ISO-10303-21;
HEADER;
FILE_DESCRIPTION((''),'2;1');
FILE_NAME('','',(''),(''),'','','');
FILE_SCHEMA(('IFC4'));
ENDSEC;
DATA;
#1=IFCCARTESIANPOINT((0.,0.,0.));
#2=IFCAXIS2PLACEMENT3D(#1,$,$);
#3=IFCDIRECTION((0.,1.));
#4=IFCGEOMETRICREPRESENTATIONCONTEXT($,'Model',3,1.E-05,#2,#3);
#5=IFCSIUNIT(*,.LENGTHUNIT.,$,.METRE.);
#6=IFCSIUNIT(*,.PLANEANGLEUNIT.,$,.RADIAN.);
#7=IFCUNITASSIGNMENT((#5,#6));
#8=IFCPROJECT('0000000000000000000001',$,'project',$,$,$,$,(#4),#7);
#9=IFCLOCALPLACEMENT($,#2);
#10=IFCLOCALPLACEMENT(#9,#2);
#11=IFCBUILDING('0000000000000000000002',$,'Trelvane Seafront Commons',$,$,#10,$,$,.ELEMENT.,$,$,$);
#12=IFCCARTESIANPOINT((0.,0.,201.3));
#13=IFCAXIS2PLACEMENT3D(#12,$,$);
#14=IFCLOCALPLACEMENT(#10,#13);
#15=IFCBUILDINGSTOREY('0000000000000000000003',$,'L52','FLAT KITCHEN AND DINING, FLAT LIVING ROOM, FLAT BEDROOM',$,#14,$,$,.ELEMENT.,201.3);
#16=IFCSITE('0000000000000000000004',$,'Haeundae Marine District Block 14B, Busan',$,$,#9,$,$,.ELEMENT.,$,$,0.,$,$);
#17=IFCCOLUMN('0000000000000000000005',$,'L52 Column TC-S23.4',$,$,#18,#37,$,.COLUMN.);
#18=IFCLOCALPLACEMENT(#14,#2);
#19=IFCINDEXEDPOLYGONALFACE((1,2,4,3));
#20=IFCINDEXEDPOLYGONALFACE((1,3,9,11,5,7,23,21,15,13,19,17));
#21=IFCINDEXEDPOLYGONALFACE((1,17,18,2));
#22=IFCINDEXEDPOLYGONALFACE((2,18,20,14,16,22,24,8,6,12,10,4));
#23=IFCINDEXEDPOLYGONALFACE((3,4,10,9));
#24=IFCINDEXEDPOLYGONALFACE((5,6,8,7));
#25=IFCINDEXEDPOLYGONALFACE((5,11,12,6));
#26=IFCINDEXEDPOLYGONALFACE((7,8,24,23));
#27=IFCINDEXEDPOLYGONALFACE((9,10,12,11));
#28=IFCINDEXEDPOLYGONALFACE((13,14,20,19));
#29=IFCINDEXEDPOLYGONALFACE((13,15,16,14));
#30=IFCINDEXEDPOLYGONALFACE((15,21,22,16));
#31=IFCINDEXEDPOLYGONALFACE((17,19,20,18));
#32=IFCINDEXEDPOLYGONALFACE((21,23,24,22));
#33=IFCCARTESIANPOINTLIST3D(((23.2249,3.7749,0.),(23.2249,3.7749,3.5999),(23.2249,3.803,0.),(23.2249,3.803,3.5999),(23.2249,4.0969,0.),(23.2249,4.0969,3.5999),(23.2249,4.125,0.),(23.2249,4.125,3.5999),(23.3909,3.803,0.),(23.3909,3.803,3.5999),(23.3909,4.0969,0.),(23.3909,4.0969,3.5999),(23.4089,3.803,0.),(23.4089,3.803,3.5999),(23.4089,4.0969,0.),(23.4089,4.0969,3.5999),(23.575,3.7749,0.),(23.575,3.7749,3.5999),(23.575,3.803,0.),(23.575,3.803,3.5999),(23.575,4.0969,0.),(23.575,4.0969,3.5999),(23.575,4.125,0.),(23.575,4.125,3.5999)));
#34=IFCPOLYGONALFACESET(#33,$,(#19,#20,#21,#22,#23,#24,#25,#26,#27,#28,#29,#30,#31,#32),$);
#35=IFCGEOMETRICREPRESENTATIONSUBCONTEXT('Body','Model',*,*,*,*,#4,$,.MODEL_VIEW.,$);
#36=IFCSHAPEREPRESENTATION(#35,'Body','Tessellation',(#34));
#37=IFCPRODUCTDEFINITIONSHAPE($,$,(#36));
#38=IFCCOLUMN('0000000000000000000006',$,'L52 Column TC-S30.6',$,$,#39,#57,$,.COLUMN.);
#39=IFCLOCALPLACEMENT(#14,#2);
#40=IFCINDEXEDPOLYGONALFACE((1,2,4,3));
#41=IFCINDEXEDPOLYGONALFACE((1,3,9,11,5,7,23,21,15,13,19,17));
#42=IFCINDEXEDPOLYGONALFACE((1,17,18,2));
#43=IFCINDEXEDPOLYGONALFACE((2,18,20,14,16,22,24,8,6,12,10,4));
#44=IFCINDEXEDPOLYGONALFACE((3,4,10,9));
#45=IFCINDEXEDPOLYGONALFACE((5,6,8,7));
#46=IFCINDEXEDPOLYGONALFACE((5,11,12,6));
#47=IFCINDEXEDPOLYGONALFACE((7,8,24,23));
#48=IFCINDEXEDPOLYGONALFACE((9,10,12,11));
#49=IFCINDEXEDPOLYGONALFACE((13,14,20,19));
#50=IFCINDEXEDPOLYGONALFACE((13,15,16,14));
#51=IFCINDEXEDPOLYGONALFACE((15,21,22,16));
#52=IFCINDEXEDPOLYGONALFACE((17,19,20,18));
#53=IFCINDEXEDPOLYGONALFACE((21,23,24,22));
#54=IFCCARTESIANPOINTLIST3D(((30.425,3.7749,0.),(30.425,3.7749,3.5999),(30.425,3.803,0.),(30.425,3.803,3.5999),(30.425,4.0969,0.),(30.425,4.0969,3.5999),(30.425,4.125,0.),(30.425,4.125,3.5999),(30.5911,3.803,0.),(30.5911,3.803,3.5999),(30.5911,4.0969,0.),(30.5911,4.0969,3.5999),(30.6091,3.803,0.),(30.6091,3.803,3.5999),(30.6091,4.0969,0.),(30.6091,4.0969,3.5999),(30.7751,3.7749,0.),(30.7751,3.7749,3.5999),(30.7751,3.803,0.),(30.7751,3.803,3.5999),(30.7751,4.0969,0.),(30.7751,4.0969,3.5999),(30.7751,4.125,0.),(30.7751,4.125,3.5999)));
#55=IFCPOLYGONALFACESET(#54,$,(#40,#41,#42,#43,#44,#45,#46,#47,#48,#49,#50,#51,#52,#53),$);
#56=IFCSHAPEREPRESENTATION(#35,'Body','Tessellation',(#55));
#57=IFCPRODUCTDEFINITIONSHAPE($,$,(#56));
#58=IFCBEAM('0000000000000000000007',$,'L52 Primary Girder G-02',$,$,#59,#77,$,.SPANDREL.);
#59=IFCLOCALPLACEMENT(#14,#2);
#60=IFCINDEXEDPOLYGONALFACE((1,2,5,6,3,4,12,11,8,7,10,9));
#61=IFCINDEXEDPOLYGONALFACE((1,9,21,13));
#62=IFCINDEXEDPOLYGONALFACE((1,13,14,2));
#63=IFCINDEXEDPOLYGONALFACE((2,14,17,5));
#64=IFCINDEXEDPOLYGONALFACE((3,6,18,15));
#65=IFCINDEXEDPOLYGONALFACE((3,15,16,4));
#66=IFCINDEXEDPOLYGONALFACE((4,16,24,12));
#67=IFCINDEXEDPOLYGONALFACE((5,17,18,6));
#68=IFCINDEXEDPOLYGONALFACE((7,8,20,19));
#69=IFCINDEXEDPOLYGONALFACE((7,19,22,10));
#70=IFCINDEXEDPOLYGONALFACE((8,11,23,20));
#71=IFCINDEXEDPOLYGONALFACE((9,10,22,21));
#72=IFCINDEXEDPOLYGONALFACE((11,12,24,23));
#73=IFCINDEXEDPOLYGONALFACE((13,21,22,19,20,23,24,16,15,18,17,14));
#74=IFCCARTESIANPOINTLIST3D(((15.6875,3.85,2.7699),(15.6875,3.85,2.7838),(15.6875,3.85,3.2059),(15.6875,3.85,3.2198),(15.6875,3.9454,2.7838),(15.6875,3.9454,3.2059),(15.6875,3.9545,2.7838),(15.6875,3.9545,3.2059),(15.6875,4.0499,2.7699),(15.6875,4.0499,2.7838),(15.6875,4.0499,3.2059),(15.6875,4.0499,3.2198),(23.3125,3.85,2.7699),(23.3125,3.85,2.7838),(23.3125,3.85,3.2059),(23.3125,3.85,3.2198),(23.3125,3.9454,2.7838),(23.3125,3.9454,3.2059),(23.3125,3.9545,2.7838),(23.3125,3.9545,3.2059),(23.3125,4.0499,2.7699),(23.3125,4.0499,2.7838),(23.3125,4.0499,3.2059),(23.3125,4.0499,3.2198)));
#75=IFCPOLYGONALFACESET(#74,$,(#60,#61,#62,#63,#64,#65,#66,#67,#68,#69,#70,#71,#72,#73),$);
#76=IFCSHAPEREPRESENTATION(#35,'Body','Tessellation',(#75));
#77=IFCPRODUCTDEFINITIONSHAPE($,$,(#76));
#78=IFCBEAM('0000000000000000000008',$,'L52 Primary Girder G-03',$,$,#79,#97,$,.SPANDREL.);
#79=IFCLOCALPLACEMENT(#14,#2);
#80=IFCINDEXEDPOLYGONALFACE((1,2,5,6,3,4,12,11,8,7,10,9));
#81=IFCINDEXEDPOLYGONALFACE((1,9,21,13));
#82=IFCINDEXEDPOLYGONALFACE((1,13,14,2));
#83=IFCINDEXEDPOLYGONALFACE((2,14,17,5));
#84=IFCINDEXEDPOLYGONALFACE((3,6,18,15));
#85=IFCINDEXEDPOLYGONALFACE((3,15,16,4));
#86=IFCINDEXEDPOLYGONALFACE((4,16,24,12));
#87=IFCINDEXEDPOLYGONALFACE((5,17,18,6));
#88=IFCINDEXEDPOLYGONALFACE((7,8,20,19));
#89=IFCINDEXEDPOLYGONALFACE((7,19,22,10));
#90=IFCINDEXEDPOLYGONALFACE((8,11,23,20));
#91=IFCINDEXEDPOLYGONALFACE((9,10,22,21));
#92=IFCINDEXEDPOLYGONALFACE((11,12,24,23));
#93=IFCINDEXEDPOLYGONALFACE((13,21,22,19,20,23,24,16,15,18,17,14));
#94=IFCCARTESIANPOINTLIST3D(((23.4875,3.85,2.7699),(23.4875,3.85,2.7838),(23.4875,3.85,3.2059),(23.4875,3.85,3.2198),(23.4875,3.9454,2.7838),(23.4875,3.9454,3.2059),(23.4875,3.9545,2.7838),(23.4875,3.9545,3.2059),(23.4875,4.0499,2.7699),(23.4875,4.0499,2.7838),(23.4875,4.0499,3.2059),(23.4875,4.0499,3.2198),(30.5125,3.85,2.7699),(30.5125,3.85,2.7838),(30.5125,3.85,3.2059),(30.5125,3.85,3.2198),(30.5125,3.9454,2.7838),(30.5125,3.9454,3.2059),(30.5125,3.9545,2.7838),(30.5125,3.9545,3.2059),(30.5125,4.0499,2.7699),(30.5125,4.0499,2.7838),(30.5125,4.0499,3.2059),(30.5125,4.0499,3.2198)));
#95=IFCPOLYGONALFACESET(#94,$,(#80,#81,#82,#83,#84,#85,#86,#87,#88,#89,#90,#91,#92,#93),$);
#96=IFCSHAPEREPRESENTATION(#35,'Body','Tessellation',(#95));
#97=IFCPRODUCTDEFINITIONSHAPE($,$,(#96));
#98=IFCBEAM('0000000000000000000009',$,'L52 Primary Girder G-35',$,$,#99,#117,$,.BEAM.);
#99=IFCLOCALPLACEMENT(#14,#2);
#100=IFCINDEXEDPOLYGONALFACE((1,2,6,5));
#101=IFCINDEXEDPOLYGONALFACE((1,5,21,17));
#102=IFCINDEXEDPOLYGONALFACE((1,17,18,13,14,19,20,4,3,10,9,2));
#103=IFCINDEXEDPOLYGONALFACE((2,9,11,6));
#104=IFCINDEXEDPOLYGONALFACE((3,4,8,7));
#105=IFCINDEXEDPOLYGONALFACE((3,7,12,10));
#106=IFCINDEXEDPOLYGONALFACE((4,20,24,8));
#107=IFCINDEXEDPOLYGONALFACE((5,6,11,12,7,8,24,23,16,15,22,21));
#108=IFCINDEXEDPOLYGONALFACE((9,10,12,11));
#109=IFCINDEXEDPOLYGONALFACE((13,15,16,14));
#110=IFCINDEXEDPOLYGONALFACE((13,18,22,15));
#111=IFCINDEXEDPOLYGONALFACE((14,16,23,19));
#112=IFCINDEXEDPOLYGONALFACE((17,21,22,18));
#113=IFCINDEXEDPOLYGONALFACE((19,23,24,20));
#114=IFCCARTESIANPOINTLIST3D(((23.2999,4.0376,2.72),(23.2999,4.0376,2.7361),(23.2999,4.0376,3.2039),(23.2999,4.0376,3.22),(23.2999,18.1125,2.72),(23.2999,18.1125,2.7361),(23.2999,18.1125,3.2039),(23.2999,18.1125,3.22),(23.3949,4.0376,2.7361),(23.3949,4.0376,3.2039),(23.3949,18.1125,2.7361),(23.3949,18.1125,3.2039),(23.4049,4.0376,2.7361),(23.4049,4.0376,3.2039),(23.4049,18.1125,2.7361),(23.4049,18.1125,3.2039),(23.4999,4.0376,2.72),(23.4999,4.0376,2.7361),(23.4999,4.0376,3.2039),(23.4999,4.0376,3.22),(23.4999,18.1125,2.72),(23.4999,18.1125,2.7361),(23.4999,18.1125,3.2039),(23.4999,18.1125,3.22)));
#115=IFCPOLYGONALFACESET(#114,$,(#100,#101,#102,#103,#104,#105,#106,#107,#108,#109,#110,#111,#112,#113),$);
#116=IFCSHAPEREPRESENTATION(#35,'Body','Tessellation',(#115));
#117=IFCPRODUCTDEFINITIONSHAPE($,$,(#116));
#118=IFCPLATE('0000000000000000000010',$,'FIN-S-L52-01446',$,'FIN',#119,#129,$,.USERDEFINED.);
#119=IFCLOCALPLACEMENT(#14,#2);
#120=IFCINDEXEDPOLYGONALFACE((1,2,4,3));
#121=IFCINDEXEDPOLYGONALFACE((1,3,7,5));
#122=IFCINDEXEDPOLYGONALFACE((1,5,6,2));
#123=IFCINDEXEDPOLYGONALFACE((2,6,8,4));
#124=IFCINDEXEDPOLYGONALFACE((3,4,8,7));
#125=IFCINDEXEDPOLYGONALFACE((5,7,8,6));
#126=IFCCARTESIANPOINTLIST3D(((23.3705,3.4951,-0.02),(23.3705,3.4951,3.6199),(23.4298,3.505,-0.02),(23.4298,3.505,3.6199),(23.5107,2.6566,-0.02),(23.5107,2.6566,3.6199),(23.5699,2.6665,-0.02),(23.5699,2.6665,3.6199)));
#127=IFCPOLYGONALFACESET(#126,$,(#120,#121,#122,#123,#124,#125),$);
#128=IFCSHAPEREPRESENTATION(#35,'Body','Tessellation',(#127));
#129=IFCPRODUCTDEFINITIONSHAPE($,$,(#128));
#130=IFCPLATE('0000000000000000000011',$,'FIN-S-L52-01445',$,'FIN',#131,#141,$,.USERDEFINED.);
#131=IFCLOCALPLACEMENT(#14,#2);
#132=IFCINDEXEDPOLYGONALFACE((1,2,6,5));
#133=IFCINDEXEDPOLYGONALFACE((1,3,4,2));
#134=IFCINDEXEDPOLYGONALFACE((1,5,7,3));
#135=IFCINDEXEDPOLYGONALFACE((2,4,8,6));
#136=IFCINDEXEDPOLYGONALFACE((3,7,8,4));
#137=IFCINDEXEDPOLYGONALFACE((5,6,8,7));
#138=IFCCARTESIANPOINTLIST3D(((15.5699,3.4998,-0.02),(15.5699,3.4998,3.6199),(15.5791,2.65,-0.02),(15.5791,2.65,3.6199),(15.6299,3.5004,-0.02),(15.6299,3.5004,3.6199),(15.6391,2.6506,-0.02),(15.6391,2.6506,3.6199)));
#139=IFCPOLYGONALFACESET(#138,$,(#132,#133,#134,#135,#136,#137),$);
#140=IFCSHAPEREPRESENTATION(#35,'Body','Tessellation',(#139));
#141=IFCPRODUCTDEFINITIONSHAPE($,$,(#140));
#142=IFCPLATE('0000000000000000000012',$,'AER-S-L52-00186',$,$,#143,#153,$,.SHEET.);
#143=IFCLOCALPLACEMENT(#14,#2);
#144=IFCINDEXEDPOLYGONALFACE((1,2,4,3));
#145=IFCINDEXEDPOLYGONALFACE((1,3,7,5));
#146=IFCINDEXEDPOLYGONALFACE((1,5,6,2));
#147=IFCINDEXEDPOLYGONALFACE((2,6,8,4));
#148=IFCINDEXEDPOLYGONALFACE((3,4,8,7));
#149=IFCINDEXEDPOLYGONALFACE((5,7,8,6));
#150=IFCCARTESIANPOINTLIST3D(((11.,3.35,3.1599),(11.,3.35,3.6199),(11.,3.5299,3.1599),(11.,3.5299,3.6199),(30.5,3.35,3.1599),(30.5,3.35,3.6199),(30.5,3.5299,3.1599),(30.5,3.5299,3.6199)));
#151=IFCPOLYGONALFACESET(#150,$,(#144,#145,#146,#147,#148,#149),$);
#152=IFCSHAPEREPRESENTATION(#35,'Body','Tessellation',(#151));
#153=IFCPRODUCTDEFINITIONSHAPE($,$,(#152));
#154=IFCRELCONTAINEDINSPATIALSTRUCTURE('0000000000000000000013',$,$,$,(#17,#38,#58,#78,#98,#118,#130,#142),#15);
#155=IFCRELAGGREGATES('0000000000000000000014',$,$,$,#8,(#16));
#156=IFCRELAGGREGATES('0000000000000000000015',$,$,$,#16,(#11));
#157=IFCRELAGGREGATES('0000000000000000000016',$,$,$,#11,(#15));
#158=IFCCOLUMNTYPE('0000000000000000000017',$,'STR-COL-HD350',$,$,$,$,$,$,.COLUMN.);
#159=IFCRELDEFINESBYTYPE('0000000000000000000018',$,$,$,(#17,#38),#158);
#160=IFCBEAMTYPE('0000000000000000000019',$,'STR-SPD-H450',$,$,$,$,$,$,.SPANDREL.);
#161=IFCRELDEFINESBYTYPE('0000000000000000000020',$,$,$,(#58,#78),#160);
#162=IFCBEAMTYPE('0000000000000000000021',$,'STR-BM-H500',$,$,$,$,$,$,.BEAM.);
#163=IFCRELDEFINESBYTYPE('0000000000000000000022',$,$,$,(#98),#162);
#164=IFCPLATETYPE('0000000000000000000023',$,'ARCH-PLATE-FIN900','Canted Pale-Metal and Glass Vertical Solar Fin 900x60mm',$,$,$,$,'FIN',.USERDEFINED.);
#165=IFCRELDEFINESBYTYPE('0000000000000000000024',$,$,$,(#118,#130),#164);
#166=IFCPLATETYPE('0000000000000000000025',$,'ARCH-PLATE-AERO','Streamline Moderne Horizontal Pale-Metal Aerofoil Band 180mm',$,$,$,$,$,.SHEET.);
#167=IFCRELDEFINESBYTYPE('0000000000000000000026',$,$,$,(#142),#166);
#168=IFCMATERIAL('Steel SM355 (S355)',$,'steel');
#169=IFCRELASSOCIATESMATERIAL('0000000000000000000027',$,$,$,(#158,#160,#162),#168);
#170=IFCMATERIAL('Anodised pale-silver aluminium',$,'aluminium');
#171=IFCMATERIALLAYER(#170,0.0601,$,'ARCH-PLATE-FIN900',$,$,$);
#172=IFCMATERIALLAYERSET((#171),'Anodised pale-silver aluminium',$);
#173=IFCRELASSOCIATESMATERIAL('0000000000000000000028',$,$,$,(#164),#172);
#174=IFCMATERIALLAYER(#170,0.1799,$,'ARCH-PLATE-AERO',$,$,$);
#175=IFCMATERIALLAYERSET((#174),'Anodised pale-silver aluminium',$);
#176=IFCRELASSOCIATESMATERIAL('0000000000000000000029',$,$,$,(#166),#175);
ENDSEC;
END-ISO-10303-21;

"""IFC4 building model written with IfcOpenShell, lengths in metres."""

from ifc_helpers import new_model, si_unit, direction, frame, origin, origin_2d, place, context, subcontext, project, spatial, rectangle, i_section, extrude, source, transform, mapped, material, layer, layer_set, material_profile, profile_set, type_object, element, save


model = new_model("IFC4")

# Units and contexts
model_context = context("Model", 3, precision=1e-05, world=origin(), true_north=direction((0.0, 1.0)))
body_context = subcontext(model_context, "Body", "Model", "MODEL_VIEW")
ifc_project = project(units=[si_unit("LENGTHUNIT", "METRE"), si_unit("PLANEANGLEUNIT", "RADIAN")], contexts=[model_context])

# Site, building, storey
site_placement = place(None, origin())
site = spatial("IfcSite", under=ifc_project, at=site_placement, Name="Haeundae Marine District Block 14B, Busan", CompositionType="ELEMENT", RefElevation=0.0)
building_placement = place(site_placement, origin())
building = spatial("IfcBuilding", under=site, at=building_placement, Name="Trelvane Seafront Commons", CompositionType="ELEMENT")
storey_placement = place(building_placement, frame((0.0, 0.0, 201.3)))
storey = spatial("IfcBuildingStorey", under=building, at=storey_placement, Name="L52", Description="FLAT KITCHEN AND DINING, FLAT LIVING ROOM, FLAT BEDROOM", CompositionType="ELEMENT", Elevation=201.3)

# Columns
ifc_material_1 = material(Name="Steel SM355 (S355)", Category="steel")
ifc_material_profile_1 = material_profile(ifc_material_1, i_section(OverallWidth=0.3501, OverallDepth=0.3501, WebThickness=0.0181, FlangeThickness=0.0281, at=origin_2d()), Name="HD-350x350x18x28")
ifc_profile_set_1 = profile_set([ifc_material_profile_1], Name="Steel SM355 (S355)")
column_type = type_object("IfcColumnType", Name="STR-COL-HD350", PredefinedType="COLUMN", material=ifc_profile_set_1)
shared_shape_1 = source(origin(), body_context, "Body", "SweptSolid", [
    extrude(i_section(OverallWidth=0.3501, OverallDepth=0.3501, WebThickness=0.0181, FlangeThickness=0.0281, at=origin_2d()), origin(), (0.0, 0.0, 1.0), 3.5999),
])
for number, where, z_axis, x_axis, name in (
    (1, (23.3999, 3.95, 0.0), (0.0, 0.0, 1.0), (1.0, 0.0, 0.0), "L52 Column TC-S23.4"),
    (2, (30.6001, 3.95, 0.0), (0.0, 0.0, 1.0), (1.0, 0.0, 0.0), "L52 Column TC-S30.6"),
):
    element("IfcColumn", number, at=place(storey_placement, frame(where, z_axis=z_axis, x_axis=x_axis)), inside=storey, type_object=column_type, Name=name, PredefinedType="COLUMN", context=body_context, shape_type="MappedRepresentation", body=[
        mapped(shared_shape_1, transform((0.0, 0.0, 0.0), x_axis=(1.0, 0.0, 0.0), y_axis=(0.0, 1.0, 0.0), z_axis=(0.0, 0.0, 1.0), scale=1.0)),
    ])

# Beams
ifc_material_profile_2 = material_profile(ifc_material_1, i_section(OverallWidth=0.2, OverallDepth=0.45, WebThickness=0.009, FlangeThickness=0.0139, at=origin_2d()), Name="H-450x200x9x14")
ifc_profile_set_2 = profile_set([ifc_material_profile_2], Name="Steel SM355 (S355)")
beam_type_1 = type_object("IfcBeamType", Name="STR-SPD-H450", PredefinedType="SPANDREL", material=ifc_profile_set_2)
shared_shape_2 = source(origin(), body_context, "Body", "SweptSolid", [
    extrude(i_section(OverallWidth=0.2, OverallDepth=0.45, WebThickness=0.009, FlangeThickness=0.0139, at=origin_2d()), origin(), (0.0, 0.0, 1.0), 7.625),
])
beam_1_placement = place(storey_placement, frame((15.6875, 3.95, 2.9949), z_axis=(1.0, 0.0, 0.0), x_axis=(0.0, 1.0, 0.0)))
element("IfcBeam", 3, at=beam_1_placement, inside=storey, type_object=beam_type_1, Name="L52 Primary Girder G-02", PredefinedType="SPANDREL", context=body_context, shape_type="MappedRepresentation", body=[
    mapped(shared_shape_2, transform((0.0, 0.0, 0.0), x_axis=(1.0, 0.0, 0.0), y_axis=(0.0, 1.0, 0.0), z_axis=(0.0, 0.0, 1.0), scale=1.0)),
])
shared_shape_3 = source(origin(), body_context, "Body", "SweptSolid", [
    extrude(i_section(OverallWidth=0.2, OverallDepth=0.45, WebThickness=0.009, FlangeThickness=0.0139, at=origin_2d()), origin(), (0.0, 0.0, 1.0), 7.0249),
])
beam_2_placement = place(storey_placement, frame((23.4875, 3.95, 2.9949), z_axis=(1.0, 0.0, 0.0), x_axis=(0.0, 1.0, 0.0)))
element("IfcBeam", 4, at=beam_2_placement, inside=storey, type_object=beam_type_1, Name="L52 Primary Girder G-03", PredefinedType="SPANDREL", context=body_context, shape_type="MappedRepresentation", body=[
    mapped(shared_shape_3, transform((0.0, 0.0, 0.0), x_axis=(1.0, 0.0, 0.0), y_axis=(0.0, 1.0, 0.0), z_axis=(0.0, 0.0, 1.0), scale=1.0)),
])
ifc_material_profile_3 = material_profile(ifc_material_1, i_section(OverallWidth=0.2, OverallDepth=0.5, WebThickness=0.01, FlangeThickness=0.0161, at=origin_2d()), Name="H-500x200x10x16")
ifc_profile_set_3 = profile_set([ifc_material_profile_3], Name="Steel SM355 (S355)")
beam_type_2 = type_object("IfcBeamType", Name="STR-BM-H500", PredefinedType="BEAM", material=ifc_profile_set_3)
shared_shape_4 = source(origin(), body_context, "Body", "SweptSolid", [
    extrude(i_section(OverallWidth=0.2, OverallDepth=0.5, WebThickness=0.01, FlangeThickness=0.0161, at=origin_2d()), origin(), (0.0, 0.0, 1.0), 14.075),
])
beam_3_placement = place(storey_placement, frame((23.3999, 4.0376, 2.97), z_axis=(0.0, 1.0, 0.0), x_axis=(-1.0, 0.0, 0.0)))
element("IfcBeam", 5, at=beam_3_placement, inside=storey, type_object=beam_type_2, Name="L52 Primary Girder G-35", PredefinedType="BEAM", context=body_context, shape_type="MappedRepresentation", body=[
    mapped(shared_shape_4, transform((0.0, 0.0, 0.0), x_axis=(1.0, 0.0, 0.0), y_axis=(0.0, 1.0, 0.0), z_axis=(0.0, 0.0, 1.0), scale=1.0)),
])

# Plates
ifc_material_2 = material(Name="Anodised pale-silver aluminium", Category="aluminium")
ifc_layer_1 = layer(ifc_material_2, 0.0601, Name="ARCH-PLATE-FIN900")
ifc_layer_set_1 = layer_set([ifc_layer_1], Name="Anodised pale-silver aluminium")
plate_type_1 = type_object("IfcPlateType", Name="ARCH-PLATE-FIN900", Description="Canted Pale-Metal and Glass Vertical Solar Fin 900x60mm", ElementType="FIN", PredefinedType="USERDEFINED", material=ifc_layer_set_1)
shared_shape_5 = source(origin(), body_context, "Body", "SweptSolid", [
    extrude(rectangle(XDim=0.8501, YDim=0.0601, at=origin_2d()), origin(), (0.0, 0.0, 1.0), 3.6399),
])
plate_1_placement = place(storey_placement, frame((23.4702, 3.0808, -0.02), z_axis=(0.0, 0.0, 1.0), x_axis=(0.164819, -0.986324, 0.0)))
element("IfcPlate", 6, at=plate_1_placement, inside=storey, type_object=plate_type_1, Name="FIN-S-L52-01446", ObjectType="FIN", PredefinedType="USERDEFINED", context=body_context, shape_type="MappedRepresentation", body=[
    mapped(shared_shape_5, transform((0.0, 0.0, 0.0), x_axis=(1.0, 0.0, 0.0), y_axis=(0.0, 1.0, 0.0), z_axis=(0.0, 0.0, 1.0), scale=1.0)),
])
shared_shape_6 = source(origin(), body_context, "Body", "SweptSolid", [
    extrude(rectangle(XDim=0.8499, YDim=0.0601, at=origin_2d()), origin(), (0.0, 0.0, 1.0), 3.6399),
])
plate_2_placement = place(storey_placement, frame((15.6045, 3.0752, -0.02), z_axis=(0.0, 0.0, 1.0), x_axis=(0.010824, -0.999941, 0.0)))
element("IfcPlate", 7, at=plate_2_placement, inside=storey, type_object=plate_type_1, Name="FIN-S-L52-01445", ObjectType="FIN", PredefinedType="USERDEFINED", context=body_context, shape_type="MappedRepresentation", body=[
    mapped(shared_shape_6, transform((0.0, 0.0, 0.0), x_axis=(1.0, 0.0, 0.0), y_axis=(0.0, 1.0, 0.0), z_axis=(0.0, 0.0, 1.0), scale=1.0)),
])
ifc_layer_2 = layer(ifc_material_2, 0.1799, Name="ARCH-PLATE-AERO")
ifc_layer_set_2 = layer_set([ifc_layer_2], Name="Anodised pale-silver aluminium")
plate_type_2 = type_object("IfcPlateType", Name="ARCH-PLATE-AERO", Description="Streamline Moderne Horizontal Pale-Metal Aerofoil Band 180mm", PredefinedType="SHEET", material=ifc_layer_set_2)
shared_shape_7 = source(origin(), body_context, "Body", "SweptSolid", [
    extrude(rectangle(XDim=19.5, YDim=0.1799, at=origin_2d()), origin(), (0.0, 0.0, 1.0), 0.46),
])
plate_3_placement = place(storey_placement, frame((20.75, 3.4399, 3.1599), z_axis=(0.0, 0.0, 1.0), x_axis=(-1.0, 0.0, 0.0)))
element("IfcPlate", 8, at=plate_3_placement, inside=storey, type_object=plate_type_2, Name="AER-S-L52-00186", PredefinedType="SHEET", context=body_context, shape_type="MappedRepresentation", body=[
    mapped(shared_shape_7, transform((0.0, 0.0, 0.0), x_axis=(1.0, 0.0, 0.0), y_axis=(0.0, 1.0, 0.0), z_axis=(0.0, 0.0, 1.0), scale=1.0)),
])

save(model, "model.ifc")
